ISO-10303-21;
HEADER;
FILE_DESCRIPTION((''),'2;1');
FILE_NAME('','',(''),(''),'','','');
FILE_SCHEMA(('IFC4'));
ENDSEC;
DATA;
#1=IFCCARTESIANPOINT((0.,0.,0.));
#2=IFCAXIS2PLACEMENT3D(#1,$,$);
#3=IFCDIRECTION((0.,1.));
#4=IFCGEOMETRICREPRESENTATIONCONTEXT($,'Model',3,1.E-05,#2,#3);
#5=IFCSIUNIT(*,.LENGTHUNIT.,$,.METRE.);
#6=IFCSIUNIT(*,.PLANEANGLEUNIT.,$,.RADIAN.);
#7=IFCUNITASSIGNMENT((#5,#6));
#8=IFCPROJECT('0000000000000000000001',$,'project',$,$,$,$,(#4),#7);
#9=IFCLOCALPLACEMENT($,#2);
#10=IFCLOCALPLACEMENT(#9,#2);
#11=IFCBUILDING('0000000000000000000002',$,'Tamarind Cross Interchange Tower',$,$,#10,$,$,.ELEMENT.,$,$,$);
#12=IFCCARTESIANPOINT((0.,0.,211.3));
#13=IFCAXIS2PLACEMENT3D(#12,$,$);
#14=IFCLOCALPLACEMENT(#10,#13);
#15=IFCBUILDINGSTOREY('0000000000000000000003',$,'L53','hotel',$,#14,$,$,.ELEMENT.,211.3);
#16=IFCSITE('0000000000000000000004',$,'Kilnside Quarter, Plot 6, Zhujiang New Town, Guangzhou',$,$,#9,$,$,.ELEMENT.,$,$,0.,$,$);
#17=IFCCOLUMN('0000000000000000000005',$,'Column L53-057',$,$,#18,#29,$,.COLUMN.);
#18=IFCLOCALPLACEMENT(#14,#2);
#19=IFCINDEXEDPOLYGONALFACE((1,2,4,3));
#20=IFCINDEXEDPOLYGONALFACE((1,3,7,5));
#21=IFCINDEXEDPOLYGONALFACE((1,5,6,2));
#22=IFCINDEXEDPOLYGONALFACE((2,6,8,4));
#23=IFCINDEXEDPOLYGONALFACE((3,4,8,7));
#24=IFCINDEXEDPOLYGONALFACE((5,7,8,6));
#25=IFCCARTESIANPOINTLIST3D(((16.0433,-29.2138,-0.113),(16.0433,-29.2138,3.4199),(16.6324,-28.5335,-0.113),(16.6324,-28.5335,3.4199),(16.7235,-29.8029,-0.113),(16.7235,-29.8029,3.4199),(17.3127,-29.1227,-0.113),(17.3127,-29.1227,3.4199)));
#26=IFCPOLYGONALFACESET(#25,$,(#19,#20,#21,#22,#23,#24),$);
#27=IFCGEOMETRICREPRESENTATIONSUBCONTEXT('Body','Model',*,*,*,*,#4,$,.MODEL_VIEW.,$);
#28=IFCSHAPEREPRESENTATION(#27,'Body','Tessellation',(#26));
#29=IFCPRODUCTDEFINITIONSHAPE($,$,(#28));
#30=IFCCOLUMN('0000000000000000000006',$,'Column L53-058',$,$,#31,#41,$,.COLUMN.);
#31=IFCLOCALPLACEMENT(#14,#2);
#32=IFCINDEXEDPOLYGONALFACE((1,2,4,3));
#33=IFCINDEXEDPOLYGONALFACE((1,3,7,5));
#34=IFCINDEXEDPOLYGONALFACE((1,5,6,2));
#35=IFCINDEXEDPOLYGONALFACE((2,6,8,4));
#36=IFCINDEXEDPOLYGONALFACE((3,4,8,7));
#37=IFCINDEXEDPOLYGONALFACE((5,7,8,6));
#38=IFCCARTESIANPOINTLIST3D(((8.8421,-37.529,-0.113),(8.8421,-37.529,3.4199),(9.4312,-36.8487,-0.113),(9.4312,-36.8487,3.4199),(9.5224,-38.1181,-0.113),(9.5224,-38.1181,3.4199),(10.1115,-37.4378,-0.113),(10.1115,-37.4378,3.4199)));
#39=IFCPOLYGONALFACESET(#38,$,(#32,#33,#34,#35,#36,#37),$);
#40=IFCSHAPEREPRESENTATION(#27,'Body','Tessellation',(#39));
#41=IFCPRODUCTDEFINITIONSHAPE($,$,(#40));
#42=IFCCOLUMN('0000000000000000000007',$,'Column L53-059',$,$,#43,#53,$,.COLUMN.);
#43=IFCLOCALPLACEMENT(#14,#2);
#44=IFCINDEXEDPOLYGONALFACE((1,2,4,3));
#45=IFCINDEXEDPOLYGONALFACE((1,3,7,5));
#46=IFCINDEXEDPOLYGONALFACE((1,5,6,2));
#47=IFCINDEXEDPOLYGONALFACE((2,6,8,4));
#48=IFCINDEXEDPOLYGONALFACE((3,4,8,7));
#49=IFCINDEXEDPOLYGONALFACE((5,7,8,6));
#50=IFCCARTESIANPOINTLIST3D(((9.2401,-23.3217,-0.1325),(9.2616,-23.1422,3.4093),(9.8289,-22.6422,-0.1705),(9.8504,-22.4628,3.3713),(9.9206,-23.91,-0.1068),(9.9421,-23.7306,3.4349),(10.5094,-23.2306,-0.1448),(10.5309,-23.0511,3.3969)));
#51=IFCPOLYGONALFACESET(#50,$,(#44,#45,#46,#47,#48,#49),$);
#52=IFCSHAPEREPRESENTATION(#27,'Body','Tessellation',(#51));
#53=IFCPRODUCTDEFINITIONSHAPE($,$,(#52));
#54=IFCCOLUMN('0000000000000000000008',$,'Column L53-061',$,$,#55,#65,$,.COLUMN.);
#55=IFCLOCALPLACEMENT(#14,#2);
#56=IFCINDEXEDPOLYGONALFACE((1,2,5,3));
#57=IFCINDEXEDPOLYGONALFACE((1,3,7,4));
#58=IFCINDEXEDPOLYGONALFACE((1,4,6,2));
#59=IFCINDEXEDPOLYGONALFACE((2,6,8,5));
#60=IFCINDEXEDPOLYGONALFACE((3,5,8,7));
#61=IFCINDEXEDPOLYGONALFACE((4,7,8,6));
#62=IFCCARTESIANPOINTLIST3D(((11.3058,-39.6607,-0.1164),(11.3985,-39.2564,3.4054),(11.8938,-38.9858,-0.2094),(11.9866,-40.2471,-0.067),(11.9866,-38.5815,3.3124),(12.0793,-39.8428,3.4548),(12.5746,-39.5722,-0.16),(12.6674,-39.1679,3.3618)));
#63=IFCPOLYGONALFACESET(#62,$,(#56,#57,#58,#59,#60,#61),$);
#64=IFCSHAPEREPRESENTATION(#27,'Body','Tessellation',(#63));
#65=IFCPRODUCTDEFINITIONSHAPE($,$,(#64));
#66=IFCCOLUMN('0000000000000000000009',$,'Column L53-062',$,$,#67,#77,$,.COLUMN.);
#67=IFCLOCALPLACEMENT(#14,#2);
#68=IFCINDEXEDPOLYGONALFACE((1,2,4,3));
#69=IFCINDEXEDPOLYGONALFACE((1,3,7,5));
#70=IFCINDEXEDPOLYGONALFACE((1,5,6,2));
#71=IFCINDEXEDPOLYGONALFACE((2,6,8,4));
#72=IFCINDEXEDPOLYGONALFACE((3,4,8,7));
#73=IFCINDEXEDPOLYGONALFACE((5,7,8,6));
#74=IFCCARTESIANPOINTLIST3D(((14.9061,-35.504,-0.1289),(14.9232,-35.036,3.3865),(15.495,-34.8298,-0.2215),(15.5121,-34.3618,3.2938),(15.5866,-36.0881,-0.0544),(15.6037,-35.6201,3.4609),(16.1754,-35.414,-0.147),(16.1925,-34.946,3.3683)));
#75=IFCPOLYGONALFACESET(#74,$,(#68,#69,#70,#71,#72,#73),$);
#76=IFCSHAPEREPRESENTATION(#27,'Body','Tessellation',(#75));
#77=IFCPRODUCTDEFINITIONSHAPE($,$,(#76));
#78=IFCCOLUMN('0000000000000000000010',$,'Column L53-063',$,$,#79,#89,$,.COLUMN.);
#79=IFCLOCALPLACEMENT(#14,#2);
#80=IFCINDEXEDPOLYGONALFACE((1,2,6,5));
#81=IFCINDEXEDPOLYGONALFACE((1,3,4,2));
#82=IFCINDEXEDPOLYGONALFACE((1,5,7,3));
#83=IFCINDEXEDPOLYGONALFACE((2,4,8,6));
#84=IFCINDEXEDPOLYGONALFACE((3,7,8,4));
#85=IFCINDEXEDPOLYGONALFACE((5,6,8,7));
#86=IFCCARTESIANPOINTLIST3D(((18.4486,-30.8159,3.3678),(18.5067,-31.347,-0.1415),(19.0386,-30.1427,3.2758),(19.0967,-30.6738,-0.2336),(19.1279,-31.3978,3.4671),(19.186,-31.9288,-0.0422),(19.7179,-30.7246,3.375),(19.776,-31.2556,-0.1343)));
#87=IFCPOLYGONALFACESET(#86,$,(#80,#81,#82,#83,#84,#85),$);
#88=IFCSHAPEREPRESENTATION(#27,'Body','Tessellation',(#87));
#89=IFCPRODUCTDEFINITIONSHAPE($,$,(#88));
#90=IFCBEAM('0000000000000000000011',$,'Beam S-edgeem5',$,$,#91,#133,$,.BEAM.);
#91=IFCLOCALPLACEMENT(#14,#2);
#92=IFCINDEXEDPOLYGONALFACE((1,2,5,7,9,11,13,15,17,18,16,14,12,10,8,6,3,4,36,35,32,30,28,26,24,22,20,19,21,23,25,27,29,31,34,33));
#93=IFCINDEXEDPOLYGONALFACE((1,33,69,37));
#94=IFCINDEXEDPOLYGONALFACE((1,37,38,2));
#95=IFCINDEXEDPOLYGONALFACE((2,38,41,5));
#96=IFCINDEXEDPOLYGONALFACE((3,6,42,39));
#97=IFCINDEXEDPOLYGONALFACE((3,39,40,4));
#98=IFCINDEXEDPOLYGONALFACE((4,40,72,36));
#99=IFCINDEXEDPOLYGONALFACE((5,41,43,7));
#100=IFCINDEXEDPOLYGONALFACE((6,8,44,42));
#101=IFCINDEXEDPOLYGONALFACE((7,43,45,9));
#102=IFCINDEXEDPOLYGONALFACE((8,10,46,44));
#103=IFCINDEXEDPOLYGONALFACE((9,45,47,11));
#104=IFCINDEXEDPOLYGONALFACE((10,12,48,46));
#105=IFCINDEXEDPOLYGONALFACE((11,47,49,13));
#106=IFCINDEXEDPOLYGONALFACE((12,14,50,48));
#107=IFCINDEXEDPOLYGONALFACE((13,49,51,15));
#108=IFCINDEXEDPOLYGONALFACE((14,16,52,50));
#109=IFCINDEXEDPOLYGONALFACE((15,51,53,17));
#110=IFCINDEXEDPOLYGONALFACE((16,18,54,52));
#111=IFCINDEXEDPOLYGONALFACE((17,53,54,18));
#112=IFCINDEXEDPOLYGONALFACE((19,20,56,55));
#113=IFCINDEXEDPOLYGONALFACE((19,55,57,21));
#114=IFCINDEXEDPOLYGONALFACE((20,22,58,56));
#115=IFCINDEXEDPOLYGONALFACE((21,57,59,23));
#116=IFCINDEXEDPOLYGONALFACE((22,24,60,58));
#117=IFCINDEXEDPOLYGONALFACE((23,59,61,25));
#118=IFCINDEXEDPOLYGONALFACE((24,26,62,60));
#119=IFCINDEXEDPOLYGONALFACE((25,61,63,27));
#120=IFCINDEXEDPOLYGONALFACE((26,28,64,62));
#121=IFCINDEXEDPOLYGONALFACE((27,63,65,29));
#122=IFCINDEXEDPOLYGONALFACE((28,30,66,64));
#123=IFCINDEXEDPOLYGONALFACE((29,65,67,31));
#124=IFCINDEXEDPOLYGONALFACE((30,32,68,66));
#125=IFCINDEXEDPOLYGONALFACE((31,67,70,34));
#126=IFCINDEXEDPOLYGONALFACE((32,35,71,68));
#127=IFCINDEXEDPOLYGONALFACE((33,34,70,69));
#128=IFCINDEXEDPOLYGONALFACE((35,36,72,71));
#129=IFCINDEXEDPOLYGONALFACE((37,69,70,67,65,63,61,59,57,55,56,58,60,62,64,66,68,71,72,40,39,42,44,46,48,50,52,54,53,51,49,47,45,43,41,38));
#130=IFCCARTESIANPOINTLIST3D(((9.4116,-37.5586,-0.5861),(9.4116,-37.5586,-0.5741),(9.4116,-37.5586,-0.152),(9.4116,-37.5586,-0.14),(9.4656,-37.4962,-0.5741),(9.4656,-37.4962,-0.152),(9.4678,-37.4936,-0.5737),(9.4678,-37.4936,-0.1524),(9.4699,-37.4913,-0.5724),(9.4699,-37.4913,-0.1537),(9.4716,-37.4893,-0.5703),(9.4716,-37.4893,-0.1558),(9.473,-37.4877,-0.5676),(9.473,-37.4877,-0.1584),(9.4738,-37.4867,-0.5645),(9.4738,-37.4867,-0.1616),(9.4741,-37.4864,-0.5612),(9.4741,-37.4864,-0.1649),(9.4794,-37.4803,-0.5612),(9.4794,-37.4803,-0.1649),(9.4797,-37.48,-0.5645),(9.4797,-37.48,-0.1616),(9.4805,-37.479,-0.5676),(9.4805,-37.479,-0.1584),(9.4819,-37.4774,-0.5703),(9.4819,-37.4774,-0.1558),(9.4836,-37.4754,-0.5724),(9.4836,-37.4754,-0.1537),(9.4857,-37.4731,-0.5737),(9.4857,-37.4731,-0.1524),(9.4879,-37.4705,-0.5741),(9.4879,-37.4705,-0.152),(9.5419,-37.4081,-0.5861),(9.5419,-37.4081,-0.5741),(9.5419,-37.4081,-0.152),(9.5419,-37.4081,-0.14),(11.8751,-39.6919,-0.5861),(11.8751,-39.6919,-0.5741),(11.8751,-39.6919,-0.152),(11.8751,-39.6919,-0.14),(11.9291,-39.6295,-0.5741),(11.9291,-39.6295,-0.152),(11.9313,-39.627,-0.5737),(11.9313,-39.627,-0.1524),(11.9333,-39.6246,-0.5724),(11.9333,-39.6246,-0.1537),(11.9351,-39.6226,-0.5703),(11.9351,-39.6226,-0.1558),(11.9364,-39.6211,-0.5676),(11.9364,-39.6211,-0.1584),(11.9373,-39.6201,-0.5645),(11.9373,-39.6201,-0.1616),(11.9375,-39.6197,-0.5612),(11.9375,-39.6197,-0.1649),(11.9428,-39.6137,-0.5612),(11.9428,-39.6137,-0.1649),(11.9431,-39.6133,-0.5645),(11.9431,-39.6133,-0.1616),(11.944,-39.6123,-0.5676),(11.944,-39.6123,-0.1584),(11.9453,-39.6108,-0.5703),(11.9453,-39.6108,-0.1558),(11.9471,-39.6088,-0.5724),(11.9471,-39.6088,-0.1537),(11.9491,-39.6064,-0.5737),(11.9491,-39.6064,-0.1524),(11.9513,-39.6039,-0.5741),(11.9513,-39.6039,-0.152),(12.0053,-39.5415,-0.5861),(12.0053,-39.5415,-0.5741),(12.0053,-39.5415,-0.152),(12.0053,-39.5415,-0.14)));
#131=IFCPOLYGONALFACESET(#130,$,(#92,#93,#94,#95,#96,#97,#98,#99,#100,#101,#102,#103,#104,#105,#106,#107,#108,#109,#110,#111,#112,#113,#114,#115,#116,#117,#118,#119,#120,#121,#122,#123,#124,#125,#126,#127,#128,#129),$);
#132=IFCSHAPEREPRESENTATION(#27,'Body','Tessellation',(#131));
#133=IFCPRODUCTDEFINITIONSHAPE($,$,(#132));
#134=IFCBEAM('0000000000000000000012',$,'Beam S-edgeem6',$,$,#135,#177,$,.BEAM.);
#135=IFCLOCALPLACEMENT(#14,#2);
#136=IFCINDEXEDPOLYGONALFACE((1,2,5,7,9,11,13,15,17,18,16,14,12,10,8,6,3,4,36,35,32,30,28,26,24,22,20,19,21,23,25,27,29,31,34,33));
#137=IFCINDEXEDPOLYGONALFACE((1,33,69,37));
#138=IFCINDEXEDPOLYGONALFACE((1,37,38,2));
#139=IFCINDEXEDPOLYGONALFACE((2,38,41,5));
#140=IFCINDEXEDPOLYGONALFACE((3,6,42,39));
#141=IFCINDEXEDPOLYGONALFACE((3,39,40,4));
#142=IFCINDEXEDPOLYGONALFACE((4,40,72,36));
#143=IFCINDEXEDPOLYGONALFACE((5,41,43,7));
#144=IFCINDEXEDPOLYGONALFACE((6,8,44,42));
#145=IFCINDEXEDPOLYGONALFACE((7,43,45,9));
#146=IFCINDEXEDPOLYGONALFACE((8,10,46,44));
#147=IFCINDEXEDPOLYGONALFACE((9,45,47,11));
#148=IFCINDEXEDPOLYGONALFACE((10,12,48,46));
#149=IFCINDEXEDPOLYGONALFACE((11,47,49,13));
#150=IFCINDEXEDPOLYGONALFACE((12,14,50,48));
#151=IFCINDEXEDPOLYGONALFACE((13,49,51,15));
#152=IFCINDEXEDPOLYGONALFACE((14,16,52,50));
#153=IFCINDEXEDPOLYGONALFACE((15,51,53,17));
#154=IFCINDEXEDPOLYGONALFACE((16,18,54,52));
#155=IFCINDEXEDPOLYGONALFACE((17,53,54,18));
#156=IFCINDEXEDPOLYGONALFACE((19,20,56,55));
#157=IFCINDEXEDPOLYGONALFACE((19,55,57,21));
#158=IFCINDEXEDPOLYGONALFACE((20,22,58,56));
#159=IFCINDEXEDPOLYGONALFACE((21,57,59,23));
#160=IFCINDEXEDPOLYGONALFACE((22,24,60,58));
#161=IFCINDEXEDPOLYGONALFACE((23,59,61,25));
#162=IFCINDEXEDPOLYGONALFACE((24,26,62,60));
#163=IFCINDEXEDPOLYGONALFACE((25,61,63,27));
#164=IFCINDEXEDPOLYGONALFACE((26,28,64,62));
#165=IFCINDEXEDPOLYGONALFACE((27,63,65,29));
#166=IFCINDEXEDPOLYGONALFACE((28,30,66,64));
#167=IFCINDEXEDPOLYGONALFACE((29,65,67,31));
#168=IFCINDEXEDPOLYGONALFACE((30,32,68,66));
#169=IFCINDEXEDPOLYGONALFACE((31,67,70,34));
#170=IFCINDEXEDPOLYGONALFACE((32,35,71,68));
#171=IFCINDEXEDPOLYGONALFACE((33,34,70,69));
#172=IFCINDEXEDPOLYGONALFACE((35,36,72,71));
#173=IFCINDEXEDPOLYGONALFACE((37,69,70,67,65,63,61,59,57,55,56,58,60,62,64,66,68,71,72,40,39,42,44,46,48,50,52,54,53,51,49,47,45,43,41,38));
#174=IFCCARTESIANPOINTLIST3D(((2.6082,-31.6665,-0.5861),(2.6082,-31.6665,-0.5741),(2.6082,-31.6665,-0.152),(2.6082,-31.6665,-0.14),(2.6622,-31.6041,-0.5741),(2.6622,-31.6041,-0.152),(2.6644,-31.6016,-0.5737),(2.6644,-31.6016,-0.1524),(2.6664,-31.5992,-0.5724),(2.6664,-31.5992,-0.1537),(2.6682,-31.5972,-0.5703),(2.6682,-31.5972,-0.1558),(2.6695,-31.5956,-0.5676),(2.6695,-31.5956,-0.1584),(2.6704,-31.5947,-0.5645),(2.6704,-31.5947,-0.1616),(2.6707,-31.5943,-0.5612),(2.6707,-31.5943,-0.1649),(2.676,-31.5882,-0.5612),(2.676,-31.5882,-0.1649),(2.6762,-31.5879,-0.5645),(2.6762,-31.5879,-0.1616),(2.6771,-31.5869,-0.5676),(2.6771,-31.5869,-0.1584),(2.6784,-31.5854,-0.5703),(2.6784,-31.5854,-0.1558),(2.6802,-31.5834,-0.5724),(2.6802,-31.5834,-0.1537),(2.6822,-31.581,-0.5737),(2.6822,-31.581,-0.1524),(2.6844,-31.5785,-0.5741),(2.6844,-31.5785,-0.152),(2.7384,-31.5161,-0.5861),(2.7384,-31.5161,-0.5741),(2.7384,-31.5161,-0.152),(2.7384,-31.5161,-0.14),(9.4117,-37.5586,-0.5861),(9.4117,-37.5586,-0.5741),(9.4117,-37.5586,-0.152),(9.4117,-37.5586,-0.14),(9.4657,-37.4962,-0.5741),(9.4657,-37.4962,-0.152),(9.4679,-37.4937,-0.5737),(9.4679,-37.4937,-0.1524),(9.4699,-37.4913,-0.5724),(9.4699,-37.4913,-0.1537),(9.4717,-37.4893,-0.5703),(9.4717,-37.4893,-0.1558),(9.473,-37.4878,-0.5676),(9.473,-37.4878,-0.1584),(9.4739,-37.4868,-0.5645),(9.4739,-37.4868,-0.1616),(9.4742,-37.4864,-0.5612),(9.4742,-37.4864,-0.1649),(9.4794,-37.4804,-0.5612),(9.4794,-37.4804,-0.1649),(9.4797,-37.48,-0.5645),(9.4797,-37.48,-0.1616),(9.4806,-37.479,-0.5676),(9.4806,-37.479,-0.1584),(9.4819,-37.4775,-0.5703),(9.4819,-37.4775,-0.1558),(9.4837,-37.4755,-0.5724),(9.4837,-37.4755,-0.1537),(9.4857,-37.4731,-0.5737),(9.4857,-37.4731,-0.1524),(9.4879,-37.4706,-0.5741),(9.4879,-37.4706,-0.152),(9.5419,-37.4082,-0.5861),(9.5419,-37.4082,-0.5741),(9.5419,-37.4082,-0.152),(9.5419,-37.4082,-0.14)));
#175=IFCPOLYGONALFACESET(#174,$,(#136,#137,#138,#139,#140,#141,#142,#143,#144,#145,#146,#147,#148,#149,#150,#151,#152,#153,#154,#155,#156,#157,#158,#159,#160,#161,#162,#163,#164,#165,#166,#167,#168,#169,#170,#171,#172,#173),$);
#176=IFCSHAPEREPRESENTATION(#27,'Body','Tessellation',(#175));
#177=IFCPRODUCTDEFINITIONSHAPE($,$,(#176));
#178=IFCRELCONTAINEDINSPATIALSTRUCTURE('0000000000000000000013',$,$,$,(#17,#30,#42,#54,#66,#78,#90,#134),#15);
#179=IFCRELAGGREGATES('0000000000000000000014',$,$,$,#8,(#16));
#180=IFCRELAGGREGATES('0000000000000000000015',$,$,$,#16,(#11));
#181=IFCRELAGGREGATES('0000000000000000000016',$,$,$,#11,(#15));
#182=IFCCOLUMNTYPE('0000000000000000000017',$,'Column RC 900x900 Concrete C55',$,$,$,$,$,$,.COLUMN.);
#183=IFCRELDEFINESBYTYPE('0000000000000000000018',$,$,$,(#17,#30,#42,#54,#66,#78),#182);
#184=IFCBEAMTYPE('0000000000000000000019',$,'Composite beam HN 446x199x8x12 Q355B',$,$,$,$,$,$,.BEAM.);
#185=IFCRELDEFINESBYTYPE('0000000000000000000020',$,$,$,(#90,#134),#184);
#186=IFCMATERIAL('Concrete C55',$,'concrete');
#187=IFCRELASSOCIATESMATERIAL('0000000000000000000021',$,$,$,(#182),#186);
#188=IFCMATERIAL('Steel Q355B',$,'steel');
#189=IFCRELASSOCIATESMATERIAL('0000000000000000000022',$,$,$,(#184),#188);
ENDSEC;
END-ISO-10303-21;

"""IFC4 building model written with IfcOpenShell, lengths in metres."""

from ifc_helpers import new_model, si_unit, direction, frame, origin, origin_2d, place, context, subcontext, project, spatial, rectangle, i_section, extrude, material, material_profile, profile_set, type_object, element, save


model = new_model("IFC4")

# Units and contexts
model_context = context("Model", 3, precision=1e-05, world=origin(), true_north=direction((0.0, 1.0)))
body_context = subcontext(model_context, "Body", "Model", "MODEL_VIEW")
ifc_project = project(units=[si_unit("LENGTHUNIT", "METRE"), si_unit("PLANEANGLEUNIT", "RADIAN")], contexts=[model_context])

# Site, building, storey
site_placement = place(None, origin())
site = spatial("IfcSite", under=ifc_project, at=site_placement, Name="Kilnside Quarter, Plot 6, Zhujiang New Town, Guangzhou", CompositionType="ELEMENT", RefElevation=0.0)
building_placement = place(site_placement, origin())
building = spatial("IfcBuilding", under=site, at=building_placement, Name="Tamarind Cross Interchange Tower", CompositionType="ELEMENT")
storey_placement = place(building_placement, frame((0.0, 0.0, 211.3)))
storey = spatial("IfcBuildingStorey", under=building, at=storey_placement, Name="L53", Description="hotel", CompositionType="ELEMENT", Elevation=211.3)

# Columns
ifc_material_1 = material(Name="Concrete C55", Category="concrete")
ifc_material_profile_1 = material_profile(ifc_material_1, rectangle(XDim=0.8999, YDim=0.8999, at=origin_2d()), Name="RC 900x900")
ifc_profile_set_1 = profile_set([ifc_material_profile_1], Name="Concrete C55")
column_type = type_object("IfcColumnType", Name="Column RC 900x900 Concrete C55", PredefinedType="COLUMN", material=ifc_profile_set_1)
for number, where, z_axis, x_axis, name in (
    (1, (16.678, -29.1682, -0.113), (0.0, 0.0, 1.0), (0.654667, 0.755917, 0.0), "Column L53-057"),
    (2, (9.4768, -37.4834, -0.113), (0.0, 0.0, 1.0), (0.654667, 0.755917, 0.0), "Column L53-058"),
):
    element("IfcColumn", number, at=place(storey_placement, frame(where, z_axis=z_axis, x_axis=x_axis)), inside=storey, type_object=column_type, Name=name, PredefinedType="COLUMN", context=body_context, shape_type="SweptSolid", body=[
        extrude(rectangle(XDim=0.8999, YDim=0.8999, at=origin_2d()), origin(), (0.0, 0.0, 1.0), 3.533),
    ])
column_1_placement = place(storey_placement, frame((9.8748, -23.2761, -0.1387), z_axis=(0.006058, 0.050599, 0.998701), x_axis=(-0.654353, -0.75501, 0.042222)))
element("IfcColumn", 3, at=column_1_placement, inside=storey, type_object=column_type, Name="Column L53-059", PredefinedType="COLUMN", context=body_context, shape_type="SweptSolid", body=[
    extrude(rectangle(XDim=0.8999, YDim=0.8999, at=origin_2d()), origin(), (0.0, 0.0, 1.0), 3.5464),
])
column_2_placement = place(storey_placement, frame((11.9402, -39.6165, -0.1382), z_axis=(0.026162, 0.114013, 0.993135), x_axis=(-0.653437, -0.749899, 0.103303)))
element("IfcColumn", 4, at=column_2_placement, inside=storey, type_object=column_type, Name="Column L53-061", PredefinedType="COLUMN", context=body_context, shape_type="SweptSolid", body=[
    extrude(rectangle(XDim=0.8999, YDim=0.8999, at=origin_2d()), origin(), (0.0, 0.0, 1.0), 3.5461),
])
column_3_placement = place(storey_placement, frame((15.5408, -35.459, -0.1379), z_axis=(0.004819, 0.131968, 0.991242), x_axis=(-0.654358, -0.749148, 0.102918)))
element("IfcColumn", 5, at=column_3_placement, inside=storey, type_object=column_type, Name="Column L53-062", PredefinedType="COLUMN", context=body_context, shape_type="SweptSolid", body=[
    extrude(rectangle(XDim=0.8999, YDim=0.8999, at=origin_2d()), origin(), (0.0, 0.0, 1.0), 3.5464),
])
column_4_placement = place(storey_placement, frame((19.1414, -31.3013, -0.1379), z_axis=(-0.016369, 0.149592, 0.988612), x_axis=(-0.655665, -0.748084, 0.10234)))
element("IfcColumn", 6, at=column_4_placement, inside=storey, type_object=column_type, Name="Column L53-063", PredefinedType="COLUMN", context=body_context, shape_type="SweptSolid", body=[
    extrude(rectangle(XDim=0.8999, YDim=0.8999, at=origin_2d()), origin(), (0.0, 0.0, 1.0), 3.5498),
])

# Beams
ifc_material_2 = material(Name="Steel Q355B", Category="steel")
ifc_material_profile_2 = material_profile(ifc_material_2, i_section(OverallWidth=0.199, OverallDepth=0.446, WebThickness=0.0081, FlangeThickness=0.012, FilletRadius=0.0129, at=origin_2d()), Name="HN 446x199x8x12")
ifc_profile_set_2 = profile_set([ifc_material_profile_2], Name="Steel Q355B")
beam_type_1 = type_object("IfcBeamType", Name="Composite beam HN 446x199x8x12 Q355B", PredefinedType="BEAM", material=ifc_profile_set_2)
beam_1_placement = place(storey_placement, frame((11.9402, -39.6167, -0.363), z_axis=(-0.755936, 0.654645, 0.0), x_axis=(-0.654645, -0.755936, 0.0)))
element("IfcBeam", 7, at=beam_1_placement, inside=storey, type_object=beam_type_1, Name="Beam S-edgeem5", PredefinedType="BEAM", context=body_context, shape_type="SweptSolid", body=[
    extrude(i_section(OverallWidth=0.199, OverallDepth=0.446, WebThickness=0.0081, FlangeThickness=0.012, FilletRadius=0.0129, at=origin_2d()), origin(), (0.0, 0.0, 1.0), 3.2588),
])
beam_2_placement = place(storey_placement, frame((9.4768, -37.4834, -0.363), z_axis=(-0.755923, 0.654661, 0.0), x_axis=(-0.654661, -0.755923, 0.0)))
element("IfcBeam", 8, at=beam_2_placement, inside=storey, type_object=beam_type_1, Name="Beam S-edgeem6", PredefinedType="BEAM", context=body_context, shape_type="SweptSolid", body=[
    extrude(i_section(OverallWidth=0.199, OverallDepth=0.446, WebThickness=0.0081, FlangeThickness=0.012, FilletRadius=0.0129, at=origin_2d()), origin(), (0.0, 0.0, 1.0), 9.0002),
])

save(model, "model.ifc")
